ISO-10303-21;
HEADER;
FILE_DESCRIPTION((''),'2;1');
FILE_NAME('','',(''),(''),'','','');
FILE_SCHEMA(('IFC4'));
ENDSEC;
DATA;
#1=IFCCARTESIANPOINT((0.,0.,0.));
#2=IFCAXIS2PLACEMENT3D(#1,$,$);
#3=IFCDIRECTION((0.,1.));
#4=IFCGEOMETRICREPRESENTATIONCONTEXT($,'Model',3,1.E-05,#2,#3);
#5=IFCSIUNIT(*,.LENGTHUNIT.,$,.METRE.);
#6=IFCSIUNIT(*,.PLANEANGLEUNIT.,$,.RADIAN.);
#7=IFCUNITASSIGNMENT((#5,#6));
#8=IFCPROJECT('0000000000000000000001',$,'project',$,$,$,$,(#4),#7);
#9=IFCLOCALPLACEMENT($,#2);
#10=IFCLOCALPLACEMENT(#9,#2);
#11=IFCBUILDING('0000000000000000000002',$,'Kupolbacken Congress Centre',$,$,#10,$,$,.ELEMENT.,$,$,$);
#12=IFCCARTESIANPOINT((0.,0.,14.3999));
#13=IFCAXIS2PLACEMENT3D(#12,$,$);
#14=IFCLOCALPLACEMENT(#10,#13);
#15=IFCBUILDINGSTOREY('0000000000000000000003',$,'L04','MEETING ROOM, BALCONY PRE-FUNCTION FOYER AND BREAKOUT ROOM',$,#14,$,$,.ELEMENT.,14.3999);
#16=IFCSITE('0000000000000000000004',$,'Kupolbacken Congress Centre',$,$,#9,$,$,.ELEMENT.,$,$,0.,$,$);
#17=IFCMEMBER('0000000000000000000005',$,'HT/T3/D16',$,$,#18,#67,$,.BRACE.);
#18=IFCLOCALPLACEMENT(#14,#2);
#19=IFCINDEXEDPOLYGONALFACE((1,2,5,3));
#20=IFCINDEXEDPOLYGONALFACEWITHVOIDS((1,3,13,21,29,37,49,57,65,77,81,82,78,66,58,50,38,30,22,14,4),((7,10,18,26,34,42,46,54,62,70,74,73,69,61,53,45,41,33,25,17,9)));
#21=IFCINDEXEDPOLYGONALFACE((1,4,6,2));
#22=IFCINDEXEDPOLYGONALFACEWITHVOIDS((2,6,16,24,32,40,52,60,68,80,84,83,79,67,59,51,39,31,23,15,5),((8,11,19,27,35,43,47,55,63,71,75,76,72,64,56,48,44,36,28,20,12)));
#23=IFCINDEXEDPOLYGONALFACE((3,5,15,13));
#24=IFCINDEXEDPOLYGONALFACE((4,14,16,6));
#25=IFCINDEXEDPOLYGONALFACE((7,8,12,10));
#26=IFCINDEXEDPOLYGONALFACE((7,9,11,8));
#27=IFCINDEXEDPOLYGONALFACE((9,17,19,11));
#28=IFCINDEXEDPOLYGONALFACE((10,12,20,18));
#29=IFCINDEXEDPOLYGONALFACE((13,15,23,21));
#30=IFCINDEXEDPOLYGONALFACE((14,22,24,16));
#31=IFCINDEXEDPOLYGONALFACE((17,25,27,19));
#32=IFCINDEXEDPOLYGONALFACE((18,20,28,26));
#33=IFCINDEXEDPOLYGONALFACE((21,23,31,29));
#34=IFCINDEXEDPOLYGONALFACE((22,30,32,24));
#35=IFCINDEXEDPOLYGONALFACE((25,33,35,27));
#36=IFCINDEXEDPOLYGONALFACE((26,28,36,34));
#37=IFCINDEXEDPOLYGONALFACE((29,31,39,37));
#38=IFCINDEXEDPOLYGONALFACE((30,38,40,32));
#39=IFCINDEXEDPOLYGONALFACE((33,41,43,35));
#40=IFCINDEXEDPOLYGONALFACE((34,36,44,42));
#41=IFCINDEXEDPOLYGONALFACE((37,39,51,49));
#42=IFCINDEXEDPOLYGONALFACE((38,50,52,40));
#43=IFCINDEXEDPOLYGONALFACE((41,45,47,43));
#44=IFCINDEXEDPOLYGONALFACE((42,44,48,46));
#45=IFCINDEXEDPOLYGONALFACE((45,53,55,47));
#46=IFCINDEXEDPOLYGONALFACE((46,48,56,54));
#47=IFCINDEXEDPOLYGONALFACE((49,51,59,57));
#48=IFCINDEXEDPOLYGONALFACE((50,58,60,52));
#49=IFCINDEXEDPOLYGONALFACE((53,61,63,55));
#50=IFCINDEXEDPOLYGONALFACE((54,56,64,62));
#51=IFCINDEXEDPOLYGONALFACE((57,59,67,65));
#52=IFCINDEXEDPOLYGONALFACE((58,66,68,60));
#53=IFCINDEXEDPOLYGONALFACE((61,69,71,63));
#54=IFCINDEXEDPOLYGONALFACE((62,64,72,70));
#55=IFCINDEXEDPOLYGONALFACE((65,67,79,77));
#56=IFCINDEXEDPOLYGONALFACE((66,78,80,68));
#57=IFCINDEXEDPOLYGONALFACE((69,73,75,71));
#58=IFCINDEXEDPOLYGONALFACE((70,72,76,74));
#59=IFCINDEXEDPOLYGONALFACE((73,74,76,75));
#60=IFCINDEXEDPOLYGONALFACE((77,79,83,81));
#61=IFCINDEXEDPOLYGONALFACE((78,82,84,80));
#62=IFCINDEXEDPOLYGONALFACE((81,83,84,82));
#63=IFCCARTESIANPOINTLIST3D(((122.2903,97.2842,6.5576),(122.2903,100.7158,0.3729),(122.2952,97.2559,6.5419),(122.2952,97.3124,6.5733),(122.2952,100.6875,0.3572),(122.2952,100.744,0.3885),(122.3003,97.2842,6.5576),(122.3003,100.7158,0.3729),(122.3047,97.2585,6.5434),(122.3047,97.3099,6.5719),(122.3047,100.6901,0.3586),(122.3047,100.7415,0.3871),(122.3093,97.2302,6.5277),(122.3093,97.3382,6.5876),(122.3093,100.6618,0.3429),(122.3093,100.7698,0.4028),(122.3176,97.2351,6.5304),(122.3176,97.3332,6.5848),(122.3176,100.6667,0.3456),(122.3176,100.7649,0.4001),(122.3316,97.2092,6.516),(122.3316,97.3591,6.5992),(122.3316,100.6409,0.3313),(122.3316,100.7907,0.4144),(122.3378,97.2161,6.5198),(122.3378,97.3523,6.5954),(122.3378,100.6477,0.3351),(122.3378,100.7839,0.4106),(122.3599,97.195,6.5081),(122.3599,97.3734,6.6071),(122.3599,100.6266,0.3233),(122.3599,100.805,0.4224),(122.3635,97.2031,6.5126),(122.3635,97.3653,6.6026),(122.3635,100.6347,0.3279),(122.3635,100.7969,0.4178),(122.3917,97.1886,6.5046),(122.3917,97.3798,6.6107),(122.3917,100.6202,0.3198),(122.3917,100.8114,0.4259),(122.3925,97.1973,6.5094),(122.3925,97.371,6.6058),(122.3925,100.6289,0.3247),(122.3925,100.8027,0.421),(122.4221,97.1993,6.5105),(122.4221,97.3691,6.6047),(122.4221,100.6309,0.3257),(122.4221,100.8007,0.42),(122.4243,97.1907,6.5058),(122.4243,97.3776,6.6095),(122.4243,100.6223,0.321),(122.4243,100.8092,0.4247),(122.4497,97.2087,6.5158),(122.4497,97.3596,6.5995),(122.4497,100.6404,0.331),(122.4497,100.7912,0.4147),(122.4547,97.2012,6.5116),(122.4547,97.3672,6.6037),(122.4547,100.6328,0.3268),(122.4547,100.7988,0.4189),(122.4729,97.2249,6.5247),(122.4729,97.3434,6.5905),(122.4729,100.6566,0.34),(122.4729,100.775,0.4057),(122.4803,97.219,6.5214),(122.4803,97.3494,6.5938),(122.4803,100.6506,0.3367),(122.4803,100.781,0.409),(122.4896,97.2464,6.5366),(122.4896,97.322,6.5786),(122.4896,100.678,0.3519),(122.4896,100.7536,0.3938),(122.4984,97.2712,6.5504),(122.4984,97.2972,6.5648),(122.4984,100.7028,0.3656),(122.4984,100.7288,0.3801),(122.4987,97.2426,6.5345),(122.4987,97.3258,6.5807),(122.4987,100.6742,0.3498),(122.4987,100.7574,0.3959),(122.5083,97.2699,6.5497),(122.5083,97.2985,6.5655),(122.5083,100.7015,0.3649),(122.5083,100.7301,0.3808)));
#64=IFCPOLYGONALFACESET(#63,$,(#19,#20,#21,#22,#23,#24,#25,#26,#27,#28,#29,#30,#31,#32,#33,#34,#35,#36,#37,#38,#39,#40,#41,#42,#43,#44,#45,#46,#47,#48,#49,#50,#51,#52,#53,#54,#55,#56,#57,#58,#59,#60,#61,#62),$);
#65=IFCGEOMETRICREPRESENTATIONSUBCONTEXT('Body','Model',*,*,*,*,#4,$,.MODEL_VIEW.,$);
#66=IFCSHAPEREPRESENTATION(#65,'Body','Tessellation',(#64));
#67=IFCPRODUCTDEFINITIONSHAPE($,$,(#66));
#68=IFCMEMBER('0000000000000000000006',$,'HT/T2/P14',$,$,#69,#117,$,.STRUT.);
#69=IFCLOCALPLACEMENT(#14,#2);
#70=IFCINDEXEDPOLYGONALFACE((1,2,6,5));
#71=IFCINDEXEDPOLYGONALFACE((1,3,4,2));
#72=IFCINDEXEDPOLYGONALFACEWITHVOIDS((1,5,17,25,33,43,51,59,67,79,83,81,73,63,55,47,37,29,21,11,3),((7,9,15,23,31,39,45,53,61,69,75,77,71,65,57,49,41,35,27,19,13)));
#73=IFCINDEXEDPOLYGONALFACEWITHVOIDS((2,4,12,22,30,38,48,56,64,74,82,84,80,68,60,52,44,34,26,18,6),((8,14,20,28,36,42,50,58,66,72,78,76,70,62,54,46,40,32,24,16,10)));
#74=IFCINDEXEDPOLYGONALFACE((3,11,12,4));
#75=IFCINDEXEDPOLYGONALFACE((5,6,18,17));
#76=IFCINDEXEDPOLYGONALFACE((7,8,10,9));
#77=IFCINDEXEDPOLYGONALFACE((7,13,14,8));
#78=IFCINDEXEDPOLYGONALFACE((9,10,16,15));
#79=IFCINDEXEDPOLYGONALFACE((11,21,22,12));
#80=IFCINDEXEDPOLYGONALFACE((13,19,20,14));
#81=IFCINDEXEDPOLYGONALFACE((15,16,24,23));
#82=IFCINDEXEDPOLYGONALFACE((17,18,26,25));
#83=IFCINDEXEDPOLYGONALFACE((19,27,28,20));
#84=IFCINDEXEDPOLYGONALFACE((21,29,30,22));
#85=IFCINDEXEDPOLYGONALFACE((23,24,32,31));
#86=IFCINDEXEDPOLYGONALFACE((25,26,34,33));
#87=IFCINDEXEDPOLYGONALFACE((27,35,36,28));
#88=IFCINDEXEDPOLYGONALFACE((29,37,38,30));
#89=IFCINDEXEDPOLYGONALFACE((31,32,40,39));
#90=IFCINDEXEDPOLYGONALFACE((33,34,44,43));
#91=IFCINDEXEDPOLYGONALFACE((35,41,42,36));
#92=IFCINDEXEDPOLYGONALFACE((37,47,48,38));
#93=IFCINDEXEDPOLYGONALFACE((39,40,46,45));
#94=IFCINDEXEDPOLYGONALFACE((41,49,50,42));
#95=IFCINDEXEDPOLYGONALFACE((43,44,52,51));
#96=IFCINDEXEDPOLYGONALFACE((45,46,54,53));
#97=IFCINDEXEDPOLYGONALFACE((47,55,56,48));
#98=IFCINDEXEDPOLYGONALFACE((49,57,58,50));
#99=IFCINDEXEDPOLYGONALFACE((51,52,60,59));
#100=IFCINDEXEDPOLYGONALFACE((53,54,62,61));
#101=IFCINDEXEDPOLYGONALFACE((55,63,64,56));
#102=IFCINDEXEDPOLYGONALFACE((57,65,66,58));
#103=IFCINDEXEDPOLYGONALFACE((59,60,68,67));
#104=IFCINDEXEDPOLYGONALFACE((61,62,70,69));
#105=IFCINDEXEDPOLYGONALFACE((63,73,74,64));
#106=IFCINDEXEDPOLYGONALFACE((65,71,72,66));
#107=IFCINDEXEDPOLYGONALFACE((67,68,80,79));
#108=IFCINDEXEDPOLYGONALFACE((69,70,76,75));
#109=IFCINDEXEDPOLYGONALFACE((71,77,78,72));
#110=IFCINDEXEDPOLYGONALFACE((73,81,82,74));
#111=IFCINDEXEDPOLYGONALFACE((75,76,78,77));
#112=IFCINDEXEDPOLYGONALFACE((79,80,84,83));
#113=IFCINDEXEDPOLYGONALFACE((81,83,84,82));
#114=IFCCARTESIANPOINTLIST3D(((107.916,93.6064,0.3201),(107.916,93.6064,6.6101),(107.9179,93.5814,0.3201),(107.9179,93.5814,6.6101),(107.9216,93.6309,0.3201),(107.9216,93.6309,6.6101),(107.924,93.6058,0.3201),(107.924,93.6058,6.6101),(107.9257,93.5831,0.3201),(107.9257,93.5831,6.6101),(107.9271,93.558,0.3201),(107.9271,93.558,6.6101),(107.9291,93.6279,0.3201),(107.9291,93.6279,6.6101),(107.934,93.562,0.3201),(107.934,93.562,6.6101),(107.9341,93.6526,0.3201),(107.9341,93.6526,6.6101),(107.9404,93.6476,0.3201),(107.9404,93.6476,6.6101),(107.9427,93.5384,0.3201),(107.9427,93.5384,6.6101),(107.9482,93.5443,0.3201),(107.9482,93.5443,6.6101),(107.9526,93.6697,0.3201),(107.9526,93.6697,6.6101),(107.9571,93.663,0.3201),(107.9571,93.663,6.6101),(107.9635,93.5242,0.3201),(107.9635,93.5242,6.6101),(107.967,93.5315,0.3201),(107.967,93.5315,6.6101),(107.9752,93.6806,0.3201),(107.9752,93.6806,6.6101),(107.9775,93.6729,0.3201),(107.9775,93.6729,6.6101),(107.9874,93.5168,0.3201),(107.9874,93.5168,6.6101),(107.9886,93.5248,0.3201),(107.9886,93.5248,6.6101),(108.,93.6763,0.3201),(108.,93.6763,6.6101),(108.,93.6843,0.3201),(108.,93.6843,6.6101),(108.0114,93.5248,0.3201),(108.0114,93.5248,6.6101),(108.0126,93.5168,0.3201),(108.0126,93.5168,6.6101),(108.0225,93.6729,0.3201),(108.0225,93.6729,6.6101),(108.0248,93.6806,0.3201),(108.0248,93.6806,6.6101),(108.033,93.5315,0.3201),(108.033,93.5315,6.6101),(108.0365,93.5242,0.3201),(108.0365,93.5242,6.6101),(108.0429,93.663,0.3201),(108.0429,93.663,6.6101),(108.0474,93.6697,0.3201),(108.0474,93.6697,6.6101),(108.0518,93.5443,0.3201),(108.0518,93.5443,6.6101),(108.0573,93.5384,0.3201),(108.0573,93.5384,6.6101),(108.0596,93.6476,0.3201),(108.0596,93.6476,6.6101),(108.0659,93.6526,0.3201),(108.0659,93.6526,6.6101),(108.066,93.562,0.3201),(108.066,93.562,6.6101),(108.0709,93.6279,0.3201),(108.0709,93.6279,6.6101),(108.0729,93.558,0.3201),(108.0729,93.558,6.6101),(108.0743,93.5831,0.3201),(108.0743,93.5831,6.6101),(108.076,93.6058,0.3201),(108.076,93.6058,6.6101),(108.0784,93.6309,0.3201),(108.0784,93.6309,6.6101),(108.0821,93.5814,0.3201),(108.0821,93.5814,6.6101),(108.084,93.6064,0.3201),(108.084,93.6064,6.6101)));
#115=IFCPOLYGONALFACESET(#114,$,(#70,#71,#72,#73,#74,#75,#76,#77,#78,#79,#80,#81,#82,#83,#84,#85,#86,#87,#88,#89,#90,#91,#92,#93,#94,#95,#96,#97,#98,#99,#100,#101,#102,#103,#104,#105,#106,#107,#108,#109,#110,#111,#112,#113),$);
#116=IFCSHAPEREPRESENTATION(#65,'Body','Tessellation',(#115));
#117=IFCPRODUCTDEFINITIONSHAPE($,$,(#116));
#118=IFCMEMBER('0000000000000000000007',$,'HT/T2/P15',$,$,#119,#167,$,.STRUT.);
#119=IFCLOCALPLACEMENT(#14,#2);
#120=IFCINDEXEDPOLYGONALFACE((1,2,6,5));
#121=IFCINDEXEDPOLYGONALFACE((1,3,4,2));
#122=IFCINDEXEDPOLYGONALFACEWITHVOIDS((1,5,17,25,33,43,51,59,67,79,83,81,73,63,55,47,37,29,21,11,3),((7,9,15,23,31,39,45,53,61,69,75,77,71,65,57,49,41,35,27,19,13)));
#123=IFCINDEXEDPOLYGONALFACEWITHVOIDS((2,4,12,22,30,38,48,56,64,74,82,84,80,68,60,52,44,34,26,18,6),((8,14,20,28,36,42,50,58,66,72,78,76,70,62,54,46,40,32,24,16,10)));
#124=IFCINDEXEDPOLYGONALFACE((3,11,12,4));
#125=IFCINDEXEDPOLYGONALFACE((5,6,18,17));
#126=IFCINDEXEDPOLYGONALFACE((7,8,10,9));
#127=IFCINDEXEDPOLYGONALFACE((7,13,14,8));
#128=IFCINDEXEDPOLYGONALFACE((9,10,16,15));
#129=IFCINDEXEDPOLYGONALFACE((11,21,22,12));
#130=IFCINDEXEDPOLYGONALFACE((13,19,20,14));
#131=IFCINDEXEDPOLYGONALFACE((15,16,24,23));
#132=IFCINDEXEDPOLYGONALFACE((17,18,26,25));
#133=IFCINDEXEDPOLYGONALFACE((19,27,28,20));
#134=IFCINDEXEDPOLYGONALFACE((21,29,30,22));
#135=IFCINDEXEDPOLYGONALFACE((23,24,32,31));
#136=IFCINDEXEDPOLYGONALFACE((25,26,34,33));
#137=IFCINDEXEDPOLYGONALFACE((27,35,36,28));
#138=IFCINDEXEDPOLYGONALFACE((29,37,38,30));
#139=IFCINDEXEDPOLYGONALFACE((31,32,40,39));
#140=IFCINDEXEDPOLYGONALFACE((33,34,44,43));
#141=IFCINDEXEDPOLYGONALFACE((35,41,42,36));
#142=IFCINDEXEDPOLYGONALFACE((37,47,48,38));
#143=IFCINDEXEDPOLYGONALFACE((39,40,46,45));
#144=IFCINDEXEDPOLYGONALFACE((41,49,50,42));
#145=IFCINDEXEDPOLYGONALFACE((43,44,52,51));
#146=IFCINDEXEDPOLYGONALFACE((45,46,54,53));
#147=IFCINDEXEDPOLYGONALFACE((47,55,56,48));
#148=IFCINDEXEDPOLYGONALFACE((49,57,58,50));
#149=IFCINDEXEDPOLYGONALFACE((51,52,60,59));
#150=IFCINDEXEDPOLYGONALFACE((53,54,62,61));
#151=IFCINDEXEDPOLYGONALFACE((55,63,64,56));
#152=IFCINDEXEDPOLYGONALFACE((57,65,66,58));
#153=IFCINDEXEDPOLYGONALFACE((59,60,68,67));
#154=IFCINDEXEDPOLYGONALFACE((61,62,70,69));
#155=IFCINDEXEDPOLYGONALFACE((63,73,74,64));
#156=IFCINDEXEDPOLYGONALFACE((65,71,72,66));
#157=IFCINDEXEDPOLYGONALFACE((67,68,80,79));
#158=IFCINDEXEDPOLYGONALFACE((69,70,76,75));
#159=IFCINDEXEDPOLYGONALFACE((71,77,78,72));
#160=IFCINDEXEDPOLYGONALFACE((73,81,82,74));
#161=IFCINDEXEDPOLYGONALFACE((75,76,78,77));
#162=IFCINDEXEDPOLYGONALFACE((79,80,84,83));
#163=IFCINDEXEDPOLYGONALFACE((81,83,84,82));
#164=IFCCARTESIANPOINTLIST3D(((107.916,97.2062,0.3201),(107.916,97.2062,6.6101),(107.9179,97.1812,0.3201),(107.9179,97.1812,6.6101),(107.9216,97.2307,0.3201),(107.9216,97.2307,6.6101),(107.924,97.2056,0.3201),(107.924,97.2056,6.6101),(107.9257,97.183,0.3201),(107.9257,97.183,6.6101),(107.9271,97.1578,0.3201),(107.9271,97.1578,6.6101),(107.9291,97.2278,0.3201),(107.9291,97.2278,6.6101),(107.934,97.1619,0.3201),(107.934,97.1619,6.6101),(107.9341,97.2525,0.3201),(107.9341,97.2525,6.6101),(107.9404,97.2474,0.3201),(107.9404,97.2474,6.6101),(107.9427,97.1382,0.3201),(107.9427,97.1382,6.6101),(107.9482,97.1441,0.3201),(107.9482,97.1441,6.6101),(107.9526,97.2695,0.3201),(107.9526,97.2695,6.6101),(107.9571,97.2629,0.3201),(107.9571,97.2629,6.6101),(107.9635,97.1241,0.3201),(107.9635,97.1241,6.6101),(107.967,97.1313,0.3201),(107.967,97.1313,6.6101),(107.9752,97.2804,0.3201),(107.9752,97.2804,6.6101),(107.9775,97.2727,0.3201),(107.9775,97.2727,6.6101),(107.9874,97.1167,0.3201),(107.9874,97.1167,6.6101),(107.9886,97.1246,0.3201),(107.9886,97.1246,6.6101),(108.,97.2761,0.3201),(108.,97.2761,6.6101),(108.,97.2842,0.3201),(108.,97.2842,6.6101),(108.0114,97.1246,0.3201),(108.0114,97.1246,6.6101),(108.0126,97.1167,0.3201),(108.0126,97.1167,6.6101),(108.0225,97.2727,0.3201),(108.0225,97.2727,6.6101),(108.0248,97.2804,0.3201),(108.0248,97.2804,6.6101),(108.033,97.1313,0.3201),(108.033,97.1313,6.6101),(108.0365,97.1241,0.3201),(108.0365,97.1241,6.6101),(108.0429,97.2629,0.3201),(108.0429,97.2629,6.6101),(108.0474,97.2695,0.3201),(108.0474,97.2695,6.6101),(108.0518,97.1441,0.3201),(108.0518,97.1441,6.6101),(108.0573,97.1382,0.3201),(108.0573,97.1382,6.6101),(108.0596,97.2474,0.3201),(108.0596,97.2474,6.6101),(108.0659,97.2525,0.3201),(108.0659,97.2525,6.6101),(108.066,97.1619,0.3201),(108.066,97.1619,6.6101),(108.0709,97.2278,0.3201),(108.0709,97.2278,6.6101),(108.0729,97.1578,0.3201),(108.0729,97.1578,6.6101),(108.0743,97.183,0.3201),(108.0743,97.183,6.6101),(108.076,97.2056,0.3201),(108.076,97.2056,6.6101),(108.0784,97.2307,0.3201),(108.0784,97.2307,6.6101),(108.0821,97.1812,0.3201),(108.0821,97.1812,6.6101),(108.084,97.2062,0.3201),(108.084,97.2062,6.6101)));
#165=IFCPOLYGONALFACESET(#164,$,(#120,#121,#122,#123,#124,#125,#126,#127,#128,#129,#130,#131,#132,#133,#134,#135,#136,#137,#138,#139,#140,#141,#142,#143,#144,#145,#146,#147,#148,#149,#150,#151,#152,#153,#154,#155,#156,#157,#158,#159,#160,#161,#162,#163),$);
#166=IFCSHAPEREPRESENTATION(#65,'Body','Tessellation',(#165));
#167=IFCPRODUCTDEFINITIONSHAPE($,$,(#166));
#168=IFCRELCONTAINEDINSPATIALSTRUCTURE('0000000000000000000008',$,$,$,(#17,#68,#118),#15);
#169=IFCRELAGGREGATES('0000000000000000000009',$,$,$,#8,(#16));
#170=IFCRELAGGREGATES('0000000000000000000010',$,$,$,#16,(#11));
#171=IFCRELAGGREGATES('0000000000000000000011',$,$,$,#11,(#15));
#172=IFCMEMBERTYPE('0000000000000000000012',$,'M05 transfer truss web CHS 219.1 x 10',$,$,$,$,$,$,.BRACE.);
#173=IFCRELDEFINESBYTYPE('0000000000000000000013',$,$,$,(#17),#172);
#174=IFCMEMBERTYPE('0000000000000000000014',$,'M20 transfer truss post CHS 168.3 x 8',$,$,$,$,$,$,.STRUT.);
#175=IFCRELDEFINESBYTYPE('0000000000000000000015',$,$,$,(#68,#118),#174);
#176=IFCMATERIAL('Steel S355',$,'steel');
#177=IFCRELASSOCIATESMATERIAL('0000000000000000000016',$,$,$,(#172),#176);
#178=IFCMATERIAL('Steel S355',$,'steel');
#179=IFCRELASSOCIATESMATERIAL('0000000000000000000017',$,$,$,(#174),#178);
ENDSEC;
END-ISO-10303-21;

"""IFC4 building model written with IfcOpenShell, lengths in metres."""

from ifc_helpers import new_model, si_unit, direction, frame, origin, origin_2d, place, context, subcontext, project, spatial, hollow_circle, extrude, material, material_profile, profile_set, type_object, element, save


model = new_model("IFC4")

# Units and contexts
model_context = context("Model", 3, precision=1e-05, world=origin(), true_north=direction((0.0, 1.0)))
body_context = subcontext(model_context, "Body", "Model", "MODEL_VIEW")
ifc_project = project(units=[si_unit("LENGTHUNIT", "METRE"), si_unit("PLANEANGLEUNIT", "RADIAN")], contexts=[model_context])

# Site, building, storey
site_placement = place(None, origin())
site = spatial("IfcSite", under=ifc_project, at=site_placement, Name="Kupolbacken Congress Centre", CompositionType="ELEMENT", RefElevation=0.0)
building_placement = place(site_placement, origin())
building = spatial("IfcBuilding", under=site, at=building_placement, Name="Kupolbacken Congress Centre", CompositionType="ELEMENT")
storey_placement = place(building_placement, frame((0.0, 0.0, 14.3999)))
storey = spatial("IfcBuildingStorey", under=building, at=storey_placement, Name="L04", Description="MEETING ROOM, BALCONY PRE-FUNCTION FOYER AND BREAKOUT ROOM", CompositionType="ELEMENT", Elevation=14.3999)

# Members
ifc_material_1 = material(Name="Steel S355", Category="steel")
ifc_material_profile_1 = material_profile(ifc_material_1, hollow_circle(Radius=0.1096, WallThickness=0.01, at=origin_2d()), Name="CHS 219.1 x 10")
ifc_profile_set_1 = profile_set([ifc_material_profile_1], Name="Steel S355")
member_type_1 = type_object("IfcMemberType", Name="M05 transfer truss web CHS 219.1 x 10", PredefinedType="BRACE", material=ifc_profile_set_1)
member_1_placement = place(storey_placement, frame((122.3999, 97.2842, 6.5576), z_axis=(0.0, 0.485171, -0.874419), x_axis=(-1.0, 0.0, 0.0)))
element("IfcMember", 1, at=member_1_placement, inside=storey, type_object=member_type_1, Name="HT/T3/D16", PredefinedType="BRACE", context=body_context, shape_type="SweptSolid", body=[
    extrude(hollow_circle(Radius=0.1096, WallThickness=0.01, at=origin_2d()), origin(), (0.0, 0.0, 1.0), 7.073),
])
ifc_material_2 = material(Name="Steel S355", Category="steel")
ifc_material_profile_2 = material_profile(ifc_material_2, hollow_circle(Radius=0.0842, WallThickness=0.0081, at=origin_2d()), Name="CHS 168.3 x 8")
ifc_profile_set_2 = profile_set([ifc_material_profile_2], Name="Steel S355")
member_type_2 = type_object("IfcMemberType", Name="M20 transfer truss post CHS 168.3 x 8", PredefinedType="STRUT", material=ifc_profile_set_2)
for number, where, z_axis, x_axis, name in (
    (2, (108.0, 93.6001, 0.3201), (0.0, 0.0, 1.0), (0.0, 1.0, 0.0), "HT/T2/P14"),
    (3, (108.0, 97.2, 0.3201), (0.0, 0.0, 1.0), (0.0, 1.0, 0.0), "HT/T2/P15"),
):
    element("IfcMember", number, at=place(storey_placement, frame(where, z_axis=z_axis, x_axis=x_axis)), inside=storey, type_object=member_type_2, Name=name, PredefinedType="STRUT", context=body_context, shape_type="SweptSolid", body=[
        extrude(hollow_circle(Radius=0.0842, WallThickness=0.0081, at=origin_2d()), origin(), (0.0, 0.0, 1.0), 6.29),
    ])

save(model, "model.ifc")
